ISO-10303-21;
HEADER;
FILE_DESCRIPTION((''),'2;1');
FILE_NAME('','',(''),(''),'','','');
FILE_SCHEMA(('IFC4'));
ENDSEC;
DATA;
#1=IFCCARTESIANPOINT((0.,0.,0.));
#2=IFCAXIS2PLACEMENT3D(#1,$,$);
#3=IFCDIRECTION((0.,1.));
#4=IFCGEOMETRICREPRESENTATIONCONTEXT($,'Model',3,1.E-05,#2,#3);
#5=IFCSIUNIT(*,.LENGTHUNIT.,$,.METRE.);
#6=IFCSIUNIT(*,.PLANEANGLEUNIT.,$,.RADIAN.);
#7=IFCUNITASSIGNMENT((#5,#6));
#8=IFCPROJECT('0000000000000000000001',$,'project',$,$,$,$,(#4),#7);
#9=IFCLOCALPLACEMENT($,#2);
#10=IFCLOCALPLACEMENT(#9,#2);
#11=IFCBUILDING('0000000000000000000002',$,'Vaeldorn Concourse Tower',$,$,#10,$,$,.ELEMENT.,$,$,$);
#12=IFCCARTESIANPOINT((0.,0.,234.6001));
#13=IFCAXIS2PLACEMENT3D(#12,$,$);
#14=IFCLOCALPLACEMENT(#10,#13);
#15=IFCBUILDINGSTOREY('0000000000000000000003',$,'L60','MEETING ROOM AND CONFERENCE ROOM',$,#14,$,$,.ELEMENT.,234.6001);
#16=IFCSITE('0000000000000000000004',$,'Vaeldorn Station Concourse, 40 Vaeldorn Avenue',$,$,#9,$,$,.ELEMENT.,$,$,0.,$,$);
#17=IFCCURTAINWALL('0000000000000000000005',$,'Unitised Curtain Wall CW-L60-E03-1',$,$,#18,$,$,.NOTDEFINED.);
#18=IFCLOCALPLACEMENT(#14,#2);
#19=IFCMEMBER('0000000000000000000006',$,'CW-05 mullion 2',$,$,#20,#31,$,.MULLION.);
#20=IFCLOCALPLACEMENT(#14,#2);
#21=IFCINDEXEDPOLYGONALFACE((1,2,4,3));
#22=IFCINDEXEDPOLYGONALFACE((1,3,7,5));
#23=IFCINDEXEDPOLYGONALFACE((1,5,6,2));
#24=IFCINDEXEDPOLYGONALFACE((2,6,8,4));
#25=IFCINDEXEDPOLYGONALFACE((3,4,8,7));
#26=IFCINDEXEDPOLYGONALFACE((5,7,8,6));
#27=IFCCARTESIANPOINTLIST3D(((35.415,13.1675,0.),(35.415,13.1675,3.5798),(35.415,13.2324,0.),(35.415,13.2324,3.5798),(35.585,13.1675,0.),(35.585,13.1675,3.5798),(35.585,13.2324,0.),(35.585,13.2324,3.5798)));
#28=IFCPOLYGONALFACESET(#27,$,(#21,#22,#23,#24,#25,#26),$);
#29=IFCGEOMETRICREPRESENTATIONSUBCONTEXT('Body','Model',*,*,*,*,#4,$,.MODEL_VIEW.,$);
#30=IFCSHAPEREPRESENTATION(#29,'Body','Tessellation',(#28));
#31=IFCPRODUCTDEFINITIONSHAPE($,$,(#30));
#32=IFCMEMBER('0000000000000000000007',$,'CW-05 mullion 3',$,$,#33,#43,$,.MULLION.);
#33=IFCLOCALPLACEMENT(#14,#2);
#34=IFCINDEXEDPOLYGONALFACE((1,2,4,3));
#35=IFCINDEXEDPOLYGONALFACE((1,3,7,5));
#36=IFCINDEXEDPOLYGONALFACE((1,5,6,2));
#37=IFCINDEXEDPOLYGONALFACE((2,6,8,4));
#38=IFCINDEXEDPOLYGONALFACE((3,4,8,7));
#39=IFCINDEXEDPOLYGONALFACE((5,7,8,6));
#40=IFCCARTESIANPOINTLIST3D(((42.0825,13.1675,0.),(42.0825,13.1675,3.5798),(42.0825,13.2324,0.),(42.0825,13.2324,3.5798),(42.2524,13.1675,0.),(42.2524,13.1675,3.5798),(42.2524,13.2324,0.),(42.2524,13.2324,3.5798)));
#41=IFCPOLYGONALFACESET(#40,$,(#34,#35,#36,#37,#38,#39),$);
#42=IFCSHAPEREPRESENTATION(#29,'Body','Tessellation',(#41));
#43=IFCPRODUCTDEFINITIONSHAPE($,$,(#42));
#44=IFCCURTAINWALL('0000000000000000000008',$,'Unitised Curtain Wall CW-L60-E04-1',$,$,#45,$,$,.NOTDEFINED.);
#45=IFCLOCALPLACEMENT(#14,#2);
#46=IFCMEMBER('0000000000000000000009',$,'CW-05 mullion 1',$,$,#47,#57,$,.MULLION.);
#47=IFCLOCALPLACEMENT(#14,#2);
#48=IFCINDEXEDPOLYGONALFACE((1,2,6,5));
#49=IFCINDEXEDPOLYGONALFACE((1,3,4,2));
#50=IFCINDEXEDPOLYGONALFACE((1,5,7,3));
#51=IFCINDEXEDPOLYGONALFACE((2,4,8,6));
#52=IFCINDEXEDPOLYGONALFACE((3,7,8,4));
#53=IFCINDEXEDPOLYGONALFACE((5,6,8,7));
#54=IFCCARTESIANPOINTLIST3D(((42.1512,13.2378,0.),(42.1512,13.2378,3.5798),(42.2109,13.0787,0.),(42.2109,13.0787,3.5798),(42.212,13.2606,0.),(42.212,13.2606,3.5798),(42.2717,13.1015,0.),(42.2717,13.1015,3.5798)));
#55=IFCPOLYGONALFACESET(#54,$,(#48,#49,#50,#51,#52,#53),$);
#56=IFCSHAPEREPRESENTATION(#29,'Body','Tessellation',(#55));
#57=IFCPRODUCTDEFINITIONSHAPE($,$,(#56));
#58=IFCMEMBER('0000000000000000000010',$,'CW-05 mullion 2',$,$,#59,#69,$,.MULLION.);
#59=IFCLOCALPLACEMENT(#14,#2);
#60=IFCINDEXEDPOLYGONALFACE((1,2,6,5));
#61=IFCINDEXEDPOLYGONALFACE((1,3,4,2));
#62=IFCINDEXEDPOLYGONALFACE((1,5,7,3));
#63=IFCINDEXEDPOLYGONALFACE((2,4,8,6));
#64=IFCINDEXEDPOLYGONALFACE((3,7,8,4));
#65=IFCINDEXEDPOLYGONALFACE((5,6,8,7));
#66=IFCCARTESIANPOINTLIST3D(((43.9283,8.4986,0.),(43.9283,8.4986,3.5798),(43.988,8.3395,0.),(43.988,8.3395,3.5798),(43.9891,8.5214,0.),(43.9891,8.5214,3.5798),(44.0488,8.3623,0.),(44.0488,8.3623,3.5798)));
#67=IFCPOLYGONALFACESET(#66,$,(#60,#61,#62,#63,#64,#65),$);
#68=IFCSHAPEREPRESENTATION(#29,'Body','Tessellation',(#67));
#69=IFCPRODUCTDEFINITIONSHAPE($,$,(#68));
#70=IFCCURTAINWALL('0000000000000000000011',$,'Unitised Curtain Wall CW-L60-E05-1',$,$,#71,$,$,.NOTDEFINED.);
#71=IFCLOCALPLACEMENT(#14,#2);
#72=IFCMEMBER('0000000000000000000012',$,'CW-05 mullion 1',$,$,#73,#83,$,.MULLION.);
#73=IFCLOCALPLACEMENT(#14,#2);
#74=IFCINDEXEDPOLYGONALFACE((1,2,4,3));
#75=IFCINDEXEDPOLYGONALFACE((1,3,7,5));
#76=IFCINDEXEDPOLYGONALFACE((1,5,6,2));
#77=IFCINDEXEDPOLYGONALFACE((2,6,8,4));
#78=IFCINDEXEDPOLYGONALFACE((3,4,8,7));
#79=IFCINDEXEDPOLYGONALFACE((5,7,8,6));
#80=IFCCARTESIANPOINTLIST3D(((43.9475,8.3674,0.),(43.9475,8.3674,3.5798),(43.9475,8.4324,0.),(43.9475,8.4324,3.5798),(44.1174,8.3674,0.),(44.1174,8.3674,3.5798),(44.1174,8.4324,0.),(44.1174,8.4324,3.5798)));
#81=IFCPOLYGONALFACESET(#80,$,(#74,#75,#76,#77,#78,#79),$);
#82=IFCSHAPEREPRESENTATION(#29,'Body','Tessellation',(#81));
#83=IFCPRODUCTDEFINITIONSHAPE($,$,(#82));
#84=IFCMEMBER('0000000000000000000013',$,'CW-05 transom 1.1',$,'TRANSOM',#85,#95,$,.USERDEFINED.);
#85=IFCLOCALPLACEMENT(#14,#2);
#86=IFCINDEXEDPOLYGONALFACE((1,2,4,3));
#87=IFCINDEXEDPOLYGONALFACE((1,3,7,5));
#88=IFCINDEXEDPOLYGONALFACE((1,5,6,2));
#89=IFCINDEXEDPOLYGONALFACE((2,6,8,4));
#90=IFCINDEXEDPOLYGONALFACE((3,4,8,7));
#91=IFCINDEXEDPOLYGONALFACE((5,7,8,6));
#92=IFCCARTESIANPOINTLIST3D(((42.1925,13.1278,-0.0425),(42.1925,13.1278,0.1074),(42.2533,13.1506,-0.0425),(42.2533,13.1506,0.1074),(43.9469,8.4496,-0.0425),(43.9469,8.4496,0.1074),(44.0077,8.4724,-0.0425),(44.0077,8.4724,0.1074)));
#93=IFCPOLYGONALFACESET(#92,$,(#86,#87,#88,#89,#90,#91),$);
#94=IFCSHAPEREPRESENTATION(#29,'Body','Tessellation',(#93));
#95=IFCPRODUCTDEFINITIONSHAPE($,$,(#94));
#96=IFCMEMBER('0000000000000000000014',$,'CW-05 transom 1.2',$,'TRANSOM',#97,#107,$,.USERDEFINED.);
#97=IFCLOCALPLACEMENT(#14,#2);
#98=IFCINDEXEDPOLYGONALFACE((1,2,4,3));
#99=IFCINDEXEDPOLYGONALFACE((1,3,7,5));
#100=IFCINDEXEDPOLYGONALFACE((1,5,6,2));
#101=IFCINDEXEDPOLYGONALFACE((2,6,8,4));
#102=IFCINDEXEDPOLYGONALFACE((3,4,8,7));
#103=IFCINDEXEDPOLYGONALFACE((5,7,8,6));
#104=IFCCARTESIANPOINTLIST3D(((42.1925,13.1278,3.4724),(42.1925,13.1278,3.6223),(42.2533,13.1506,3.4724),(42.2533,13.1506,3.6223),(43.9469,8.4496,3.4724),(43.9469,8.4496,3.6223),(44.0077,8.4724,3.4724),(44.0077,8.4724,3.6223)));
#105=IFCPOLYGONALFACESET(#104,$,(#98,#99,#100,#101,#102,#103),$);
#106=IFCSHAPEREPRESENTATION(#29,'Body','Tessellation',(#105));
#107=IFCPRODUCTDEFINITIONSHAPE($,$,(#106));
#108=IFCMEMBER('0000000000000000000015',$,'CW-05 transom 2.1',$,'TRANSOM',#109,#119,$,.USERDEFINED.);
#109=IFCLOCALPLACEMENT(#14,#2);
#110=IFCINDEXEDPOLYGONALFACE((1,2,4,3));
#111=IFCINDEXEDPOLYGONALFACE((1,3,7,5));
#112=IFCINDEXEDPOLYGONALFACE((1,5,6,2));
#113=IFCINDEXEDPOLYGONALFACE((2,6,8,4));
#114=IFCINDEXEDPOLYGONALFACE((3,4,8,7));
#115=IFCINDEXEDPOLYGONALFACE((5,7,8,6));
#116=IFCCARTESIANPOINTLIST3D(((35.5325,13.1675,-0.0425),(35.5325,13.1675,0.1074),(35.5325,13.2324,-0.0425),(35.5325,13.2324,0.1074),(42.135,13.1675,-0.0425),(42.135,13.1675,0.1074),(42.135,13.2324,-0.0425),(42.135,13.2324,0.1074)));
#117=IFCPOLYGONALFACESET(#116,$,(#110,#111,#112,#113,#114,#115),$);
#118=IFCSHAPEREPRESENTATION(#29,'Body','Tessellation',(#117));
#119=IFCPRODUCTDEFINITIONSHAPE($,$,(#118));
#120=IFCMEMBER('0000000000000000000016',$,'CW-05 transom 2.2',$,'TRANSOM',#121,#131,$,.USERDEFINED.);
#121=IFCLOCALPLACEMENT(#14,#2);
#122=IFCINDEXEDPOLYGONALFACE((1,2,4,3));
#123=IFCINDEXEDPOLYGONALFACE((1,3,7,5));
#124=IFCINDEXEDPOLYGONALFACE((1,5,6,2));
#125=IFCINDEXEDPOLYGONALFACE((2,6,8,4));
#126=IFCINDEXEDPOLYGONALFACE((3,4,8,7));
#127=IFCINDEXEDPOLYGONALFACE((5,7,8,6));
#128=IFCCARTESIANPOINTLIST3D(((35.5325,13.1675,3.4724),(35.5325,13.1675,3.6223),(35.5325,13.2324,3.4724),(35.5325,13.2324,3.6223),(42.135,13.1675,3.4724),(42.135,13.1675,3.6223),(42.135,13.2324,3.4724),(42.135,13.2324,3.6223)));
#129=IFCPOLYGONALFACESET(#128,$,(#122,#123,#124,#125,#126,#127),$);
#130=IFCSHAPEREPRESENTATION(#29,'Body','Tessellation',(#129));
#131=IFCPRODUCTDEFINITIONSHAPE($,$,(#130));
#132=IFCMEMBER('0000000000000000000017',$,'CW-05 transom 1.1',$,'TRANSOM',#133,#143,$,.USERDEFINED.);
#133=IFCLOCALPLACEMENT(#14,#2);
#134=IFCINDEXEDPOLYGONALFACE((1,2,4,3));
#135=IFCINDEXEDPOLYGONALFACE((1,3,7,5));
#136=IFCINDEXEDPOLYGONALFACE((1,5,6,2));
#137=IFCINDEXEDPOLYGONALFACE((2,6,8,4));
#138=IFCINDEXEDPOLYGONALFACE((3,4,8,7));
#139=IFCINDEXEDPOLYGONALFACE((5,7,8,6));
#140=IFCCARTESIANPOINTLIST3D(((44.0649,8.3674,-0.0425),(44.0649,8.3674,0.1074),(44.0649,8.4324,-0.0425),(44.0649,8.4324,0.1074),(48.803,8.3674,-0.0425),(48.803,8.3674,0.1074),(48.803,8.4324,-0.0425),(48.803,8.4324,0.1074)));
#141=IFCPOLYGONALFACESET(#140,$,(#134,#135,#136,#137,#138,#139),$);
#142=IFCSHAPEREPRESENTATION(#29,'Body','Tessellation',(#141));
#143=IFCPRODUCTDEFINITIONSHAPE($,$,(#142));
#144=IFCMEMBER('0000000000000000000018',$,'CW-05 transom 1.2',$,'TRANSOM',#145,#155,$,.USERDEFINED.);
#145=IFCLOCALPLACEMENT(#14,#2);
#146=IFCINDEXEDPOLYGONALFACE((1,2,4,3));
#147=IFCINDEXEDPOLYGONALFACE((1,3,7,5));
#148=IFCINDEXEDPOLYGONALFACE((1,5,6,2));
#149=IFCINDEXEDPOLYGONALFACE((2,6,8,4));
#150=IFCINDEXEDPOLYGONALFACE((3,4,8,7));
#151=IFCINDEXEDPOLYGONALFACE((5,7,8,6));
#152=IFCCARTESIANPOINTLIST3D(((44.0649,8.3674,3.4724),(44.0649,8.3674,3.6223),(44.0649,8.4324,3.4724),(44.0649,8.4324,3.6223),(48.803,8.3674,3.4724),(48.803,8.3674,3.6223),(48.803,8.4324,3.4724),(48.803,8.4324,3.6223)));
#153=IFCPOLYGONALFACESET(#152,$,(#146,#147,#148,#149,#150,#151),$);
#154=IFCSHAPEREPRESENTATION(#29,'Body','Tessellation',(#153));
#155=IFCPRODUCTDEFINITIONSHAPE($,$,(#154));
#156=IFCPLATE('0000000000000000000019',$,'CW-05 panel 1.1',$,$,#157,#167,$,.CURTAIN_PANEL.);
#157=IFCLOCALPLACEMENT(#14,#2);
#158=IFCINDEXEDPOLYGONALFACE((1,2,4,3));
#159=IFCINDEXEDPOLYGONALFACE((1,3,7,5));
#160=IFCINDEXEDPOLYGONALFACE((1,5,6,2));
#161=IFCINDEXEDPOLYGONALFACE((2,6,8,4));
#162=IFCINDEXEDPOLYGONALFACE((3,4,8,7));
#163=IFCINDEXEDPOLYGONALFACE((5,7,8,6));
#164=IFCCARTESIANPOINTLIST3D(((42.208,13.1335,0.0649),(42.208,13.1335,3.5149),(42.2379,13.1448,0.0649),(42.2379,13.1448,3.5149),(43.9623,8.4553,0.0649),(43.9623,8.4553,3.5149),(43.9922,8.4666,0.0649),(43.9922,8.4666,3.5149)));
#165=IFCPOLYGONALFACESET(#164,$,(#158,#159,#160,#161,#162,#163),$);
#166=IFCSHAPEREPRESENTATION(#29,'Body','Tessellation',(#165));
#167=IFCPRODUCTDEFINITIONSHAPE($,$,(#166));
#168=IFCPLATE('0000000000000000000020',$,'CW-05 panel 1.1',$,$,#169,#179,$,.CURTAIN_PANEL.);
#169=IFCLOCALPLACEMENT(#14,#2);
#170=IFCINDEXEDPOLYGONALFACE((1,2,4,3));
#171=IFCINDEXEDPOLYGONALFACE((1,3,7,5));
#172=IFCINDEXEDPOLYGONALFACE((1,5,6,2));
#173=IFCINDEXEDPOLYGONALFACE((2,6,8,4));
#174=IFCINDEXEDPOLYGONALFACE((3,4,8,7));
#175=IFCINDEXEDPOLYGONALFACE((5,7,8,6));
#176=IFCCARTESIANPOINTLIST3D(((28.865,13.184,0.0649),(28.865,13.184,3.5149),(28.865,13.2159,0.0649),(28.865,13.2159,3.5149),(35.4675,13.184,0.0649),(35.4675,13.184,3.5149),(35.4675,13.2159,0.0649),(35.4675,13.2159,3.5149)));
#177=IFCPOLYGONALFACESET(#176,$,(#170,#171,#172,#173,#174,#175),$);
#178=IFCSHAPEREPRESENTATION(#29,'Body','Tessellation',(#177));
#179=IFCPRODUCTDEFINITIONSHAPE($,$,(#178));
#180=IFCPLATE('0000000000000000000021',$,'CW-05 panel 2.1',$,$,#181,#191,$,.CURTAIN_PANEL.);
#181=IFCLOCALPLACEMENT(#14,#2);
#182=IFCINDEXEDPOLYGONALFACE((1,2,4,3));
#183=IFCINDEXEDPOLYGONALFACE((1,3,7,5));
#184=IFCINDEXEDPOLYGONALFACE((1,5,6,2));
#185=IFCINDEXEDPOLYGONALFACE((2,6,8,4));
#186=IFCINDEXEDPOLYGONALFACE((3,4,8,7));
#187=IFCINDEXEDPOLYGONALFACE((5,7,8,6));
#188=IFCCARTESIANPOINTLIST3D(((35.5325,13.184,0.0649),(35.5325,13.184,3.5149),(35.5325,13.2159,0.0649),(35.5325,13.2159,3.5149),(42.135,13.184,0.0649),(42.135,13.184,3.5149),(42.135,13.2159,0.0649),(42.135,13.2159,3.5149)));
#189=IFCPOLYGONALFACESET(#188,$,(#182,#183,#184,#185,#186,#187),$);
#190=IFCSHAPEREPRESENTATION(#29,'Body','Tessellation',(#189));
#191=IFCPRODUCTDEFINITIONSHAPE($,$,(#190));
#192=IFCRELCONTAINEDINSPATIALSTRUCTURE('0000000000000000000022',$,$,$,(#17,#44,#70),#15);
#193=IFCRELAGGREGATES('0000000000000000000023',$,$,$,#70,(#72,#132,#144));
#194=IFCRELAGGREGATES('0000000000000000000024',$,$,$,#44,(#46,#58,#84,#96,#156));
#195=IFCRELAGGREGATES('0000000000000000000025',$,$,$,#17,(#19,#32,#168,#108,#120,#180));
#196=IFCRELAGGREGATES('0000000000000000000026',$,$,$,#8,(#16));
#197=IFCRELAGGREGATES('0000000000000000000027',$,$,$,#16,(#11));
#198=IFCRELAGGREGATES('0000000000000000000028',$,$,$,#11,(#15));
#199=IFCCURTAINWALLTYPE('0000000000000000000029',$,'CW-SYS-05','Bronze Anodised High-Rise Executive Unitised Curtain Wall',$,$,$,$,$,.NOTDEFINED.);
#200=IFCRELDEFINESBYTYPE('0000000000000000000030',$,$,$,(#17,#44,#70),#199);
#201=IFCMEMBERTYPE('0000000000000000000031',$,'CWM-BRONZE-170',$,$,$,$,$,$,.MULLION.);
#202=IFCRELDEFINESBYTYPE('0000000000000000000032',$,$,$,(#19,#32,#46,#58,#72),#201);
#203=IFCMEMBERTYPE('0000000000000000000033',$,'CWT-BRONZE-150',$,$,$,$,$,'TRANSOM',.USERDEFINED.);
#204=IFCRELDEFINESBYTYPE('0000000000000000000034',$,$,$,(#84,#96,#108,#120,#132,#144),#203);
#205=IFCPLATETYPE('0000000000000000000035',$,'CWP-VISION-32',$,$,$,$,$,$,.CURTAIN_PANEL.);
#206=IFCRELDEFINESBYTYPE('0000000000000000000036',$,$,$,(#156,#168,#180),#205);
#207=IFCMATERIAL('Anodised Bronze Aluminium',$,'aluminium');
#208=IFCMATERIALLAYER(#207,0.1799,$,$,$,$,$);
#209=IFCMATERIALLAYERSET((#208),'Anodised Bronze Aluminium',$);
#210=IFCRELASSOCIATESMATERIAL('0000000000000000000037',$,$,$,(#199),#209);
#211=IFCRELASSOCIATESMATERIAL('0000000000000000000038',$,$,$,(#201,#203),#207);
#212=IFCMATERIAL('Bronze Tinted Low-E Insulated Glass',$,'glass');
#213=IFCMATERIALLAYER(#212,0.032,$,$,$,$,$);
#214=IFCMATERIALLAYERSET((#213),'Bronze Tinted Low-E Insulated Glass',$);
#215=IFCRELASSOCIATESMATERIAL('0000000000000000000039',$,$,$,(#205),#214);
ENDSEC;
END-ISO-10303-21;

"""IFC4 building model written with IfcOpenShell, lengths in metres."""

from ifc_helpers import new_model, si_unit, direction, frame, origin, origin_2d, place, context, subcontext, project, spatial, rectangle, extrude, source, transform, mapped, material, layer, layer_set, material_profile, profile_set, type_object, element, aggregate, save


model = new_model("IFC4")

# Units and contexts
model_context = context("Model", 3, precision=1e-05, world=origin(), true_north=direction((0.0, 1.0)))
body_context = subcontext(model_context, "Body", "Model", "MODEL_VIEW")
ifc_project = project(units=[si_unit("LENGTHUNIT", "METRE"), si_unit("PLANEANGLEUNIT", "RADIAN")], contexts=[model_context])

# Site, building, storey
site_placement = place(None, origin())
site = spatial("IfcSite", under=ifc_project, at=site_placement, Name="Vaeldorn Station Concourse, 40 Vaeldorn Avenue", CompositionType="ELEMENT", RefElevation=0.0)
building_placement = place(site_placement, origin())
building = spatial("IfcBuilding", under=site, at=building_placement, Name="Vaeldorn Concourse Tower", CompositionType="ELEMENT")
storey_placement = place(building_placement, frame((0.0, 0.0, 234.6001)))
storey = spatial("IfcBuildingStorey", under=building, at=storey_placement, Name="L60", Description="MEETING ROOM AND CONFERENCE ROOM", CompositionType="ELEMENT", Elevation=234.6001)

# Curtain walls, members
ifc_material_1 = material(Name="Anodised Bronze Aluminium", Category="aluminium")
ifc_layer_1 = layer(ifc_material_1, 0.1799)
ifc_layer_set_1 = layer_set([ifc_layer_1], Name="Anodised Bronze Aluminium")
curtain_wall_type = type_object("IfcCurtainWallType", Name="CW-SYS-05", Description="Bronze Anodised High-Rise Executive Unitised Curtain Wall", PredefinedType="NOTDEFINED", material=ifc_layer_set_1)
curtain_wall_1_placement = place(storey_placement, origin())
curtain_wall_1 = element("IfcCurtainWall", 1, at=curtain_wall_1_placement, inside=storey, type_object=curtain_wall_type, Name="Unitised Curtain Wall CW-L60-E03-1", PredefinedType="NOTDEFINED")
ifc_material_profile_1 = material_profile(ifc_material_1, rectangle(XDim=0.0649, YDim=0.1699, at=origin_2d()), Name="CWM 65x170")
ifc_profile_set_1 = profile_set([ifc_material_profile_1], Name="Anodised Bronze Aluminium")
member_type_1 = type_object("IfcMemberType", Name="CWM-BRONZE-170", PredefinedType="MULLION", material=ifc_profile_set_1)
shared_shape_1 = source(origin(), body_context, "Body", "SweptSolid", [
    extrude(rectangle(XDim=0.0649, YDim=0.1699, at=origin_2d()), origin(), (0.0, 0.0, 1.0), 3.5798),
])
member_1_placement = place(storey_placement, frame((35.5, 13.2, 0.0), z_axis=(0.0, 0.0, 1.0), x_axis=(0.0, 1.0, 0.0)))
member_1 = element("IfcMember", 2, at=member_1_placement, type_object=member_type_1, Name="CW-05 mullion 2", PredefinedType="MULLION", context=body_context, shape_type="MappedRepresentation", body=[
    mapped(shared_shape_1, transform((0.0, 0.0, 0.0), scale=1.0)),
])
member_2_placement = place(storey_placement, frame((42.1675, 13.2, 0.0), z_axis=(0.0, 0.0, 1.0), x_axis=(0.0, 1.0, 0.0)))
member_2 = element("IfcMember", 3, at=member_2_placement, type_object=member_type_1, Name="CW-05 mullion 3", PredefinedType="MULLION", context=body_context, shape_type="MappedRepresentation", body=[
    mapped(shared_shape_1, transform((0.0, 0.0, 0.0), scale=1.0)),
])
curtain_wall_2_placement = place(storey_placement, origin())
curtain_wall_2 = element("IfcCurtainWall", 4, at=curtain_wall_2_placement, inside=storey, type_object=curtain_wall_type, Name="Unitised Curtain Wall CW-L60-E04-1", PredefinedType="NOTDEFINED")
member_3_placement = place(storey_placement, frame((42.2114, 13.1697, 0.0), z_axis=(0.0, 0.0, 1.0), x_axis=(0.936329, 0.351123, 0.0)))
member_3 = element("IfcMember", 5, at=member_3_placement, type_object=member_type_1, Name="CW-05 mullion 1", PredefinedType="MULLION", context=body_context, shape_type="MappedRepresentation", body=[
    mapped(shared_shape_1, transform((0.0, 0.0, 0.0), scale=1.0)),
])
member_4_placement = place(storey_placement, frame((43.9885, 8.4304, 0.0), z_axis=(0.0, 0.0, 1.0), x_axis=(0.936329, 0.351123, 0.0)))
member_4 = element("IfcMember", 6, at=member_4_placement, type_object=member_type_1, Name="CW-05 mullion 2", PredefinedType="MULLION", context=body_context, shape_type="MappedRepresentation", body=[
    mapped(shared_shape_1, transform((0.0, 0.0, 0.0), scale=1.0)),
])

# Curtain wall, member
curtain_wall_3_placement = place(storey_placement, origin())
curtain_wall_3 = element("IfcCurtainWall", 7, at=curtain_wall_3_placement, inside=storey, type_object=curtain_wall_type, Name="Unitised Curtain Wall CW-L60-E05-1", PredefinedType="NOTDEFINED")
member_5_placement = place(storey_placement, frame((44.0325, 8.3999, 0.0), z_axis=(0.0, 0.0, 1.0), x_axis=(0.0, 1.0, 0.0)))
member_5 = element("IfcMember", 8, at=member_5_placement, type_object=member_type_1, Name="CW-05 mullion 1", PredefinedType="MULLION", context=body_context, shape_type="MappedRepresentation", body=[
    mapped(shared_shape_1, transform((0.0, 0.0, 0.0), scale=1.0)),
])

# Members
ifc_material_profile_2 = material_profile(ifc_material_1, rectangle(XDim=0.0649, YDim=0.1499, at=origin_2d()), Name="CWT 65x150")
ifc_profile_set_2 = profile_set([ifc_material_profile_2], Name="Anodised Bronze Aluminium")
member_type_2 = type_object("IfcMemberType", Name="CWT-BRONZE-150", ElementType="TRANSOM", PredefinedType="USERDEFINED", material=ifc_profile_set_2)
shared_shape_2 = source(origin(), body_context, "Body", "SweptSolid", [
    extrude(rectangle(XDim=0.0649, YDim=0.1499, at=origin_2d()), origin(), (0.0, 0.0, 1.0), 4.9963),
])
member_6_placement = place(storey_placement, frame((42.2229, 13.1392, 0.0325), z_axis=(0.351134, -0.936325, 0.0), x_axis=(0.936325, 0.351134, 0.0)))
member_6 = element("IfcMember", 9, at=member_6_placement, type_object=member_type_2, Name="CW-05 transom 1.1", ObjectType="TRANSOM", PredefinedType="USERDEFINED", context=body_context, shape_type="MappedRepresentation", body=[
    mapped(shared_shape_2, transform((0.0, 0.0, 0.0), scale=1.0)),
])
member_7_placement = place(storey_placement, frame((42.2229, 13.1392, 3.5474), z_axis=(0.351134, -0.936325, 0.0), x_axis=(0.936325, 0.351134, 0.0)))
member_7 = element("IfcMember", 10, at=member_7_placement, type_object=member_type_2, Name="CW-05 transom 1.2", ObjectType="TRANSOM", PredefinedType="USERDEFINED", context=body_context, shape_type="MappedRepresentation", body=[
    mapped(shared_shape_2, transform((0.0, 0.0, 0.0), scale=1.0)),
])
shared_shape_3 = source(origin(), body_context, "Body", "SweptSolid", [
    extrude(rectangle(XDim=0.0649, YDim=0.1499, at=origin_2d()), origin(), (0.0, 0.0, 1.0), 6.6025),
])
member_8_placement = place(storey_placement, frame((35.5325, 13.2, 0.0325), z_axis=(1.0, 0.0, 0.0), x_axis=(0.0, 1.0, 0.0)))
member_8 = element("IfcMember", 11, at=member_8_placement, type_object=member_type_2, Name="CW-05 transom 2.1", ObjectType="TRANSOM", PredefinedType="USERDEFINED", context=body_context, shape_type="MappedRepresentation", body=[
    mapped(shared_shape_3, transform((0.0, 0.0, 0.0), scale=1.0)),
])
member_9_placement = place(storey_placement, frame((35.5325, 13.2, 3.5474), z_axis=(1.0, 0.0, 0.0), x_axis=(0.0, 1.0, 0.0)))
member_9 = element("IfcMember", 12, at=member_9_placement, type_object=member_type_2, Name="CW-05 transom 2.2", ObjectType="TRANSOM", PredefinedType="USERDEFINED", context=body_context, shape_type="MappedRepresentation", body=[
    mapped(shared_shape_3, transform((0.0, 0.0, 0.0), scale=1.0)),
])
shared_shape_4 = source(origin(), body_context, "Body", "SweptSolid", [
    extrude(rectangle(XDim=0.0649, YDim=0.1499, at=origin_2d()), origin(), (0.0, 0.0, 1.0), 4.738),
])
member_10_placement = place(storey_placement, frame((44.0649, 8.3999, 0.0325), z_axis=(1.0, 0.0, 0.0), x_axis=(0.0, 1.0, 0.0)))
member_10 = element("IfcMember", 13, at=member_10_placement, type_object=member_type_2, Name="CW-05 transom 1.1", ObjectType="TRANSOM", PredefinedType="USERDEFINED", context=body_context, shape_type="MappedRepresentation", body=[
    mapped(shared_shape_4, transform((0.0, 0.0, 0.0), scale=1.0)),
])
member_11_placement = place(storey_placement, frame((44.0649, 8.3999, 3.5474), z_axis=(1.0, 0.0, 0.0), x_axis=(0.0, 1.0, 0.0)))
member_11 = element("IfcMember", 14, at=member_11_placement, type_object=member_type_2, Name="CW-05 transom 1.2", ObjectType="TRANSOM", PredefinedType="USERDEFINED", context=body_context, shape_type="MappedRepresentation", body=[
    mapped(shared_shape_4, transform((0.0, 0.0, 0.0), scale=1.0)),
])
aggregate(curtain_wall_3, [member_5, member_10, member_11])

# Plates
ifc_material_2 = material(Name="Bronze Tinted Low-E Insulated Glass", Category="glass")
ifc_layer_2 = layer(ifc_material_2, 0.032)
ifc_layer_set_2 = layer_set([ifc_layer_2], Name="Bronze Tinted Low-E Insulated Glass")
plate_type = type_object("IfcPlateType", Name="CWP-VISION-32", PredefinedType="CURTAIN_PANEL", material=ifc_layer_set_2)
shared_shape_5 = source(origin(), body_context, "Body", "SweptSolid", [
    extrude(rectangle(XDim=4.9963, YDim=0.032, at=origin_2d()), origin(), (0.0, 0.0, 1.0), 3.45),
])
plate_1_placement = place(storey_placement, frame((43.1001, 10.8, 0.0649), z_axis=(0.0, 0.0, 1.0), x_axis=(0.351123, -0.936329, 0.0)))
plate_1 = element("IfcPlate", 15, at=plate_1_placement, type_object=plate_type, Name="CW-05 panel 1.1", PredefinedType="CURTAIN_PANEL", context=body_context, shape_type="MappedRepresentation", body=[
    mapped(shared_shape_5, transform((0.0, 0.0, 0.0), scale=1.0)),
])
aggregate(curtain_wall_2, [member_3, member_4, member_6, member_7, plate_1])
shared_shape_6 = source(origin(), body_context, "Body", "SweptSolid", [
    extrude(rectangle(XDim=6.6025, YDim=0.032, at=origin_2d()), origin(), (0.0, 0.0, 1.0), 3.45),
])
plate_2_placement = place(storey_placement, frame((32.1663, 13.2, 0.0649), z_axis=(0.0, 0.0, 1.0), x_axis=(1.0, 0.0, 0.0)))
plate_2 = element("IfcPlate", 16, at=plate_2_placement, type_object=plate_type, Name="CW-05 panel 1.1", PredefinedType="CURTAIN_PANEL", context=body_context, shape_type="MappedRepresentation", body=[
    mapped(shared_shape_6, transform((0.0, 0.0, 0.0), scale=1.0)),
])
plate_3_placement = place(storey_placement, frame((38.8337, 13.2, 0.0649), z_axis=(0.0, 0.0, 1.0), x_axis=(1.0, 0.0, 0.0)))
plate_3 = element("IfcPlate", 17, at=plate_3_placement, type_object=plate_type, Name="CW-05 panel 2.1", PredefinedType="CURTAIN_PANEL", context=body_context, shape_type="MappedRepresentation", body=[
    mapped(shared_shape_6, transform((0.0, 0.0, 0.0), scale=1.0)),
])
aggregate(curtain_wall_1, [member_1, member_2, plate_2, member_8, member_9, plate_3])

save(model, "model.ifc")
